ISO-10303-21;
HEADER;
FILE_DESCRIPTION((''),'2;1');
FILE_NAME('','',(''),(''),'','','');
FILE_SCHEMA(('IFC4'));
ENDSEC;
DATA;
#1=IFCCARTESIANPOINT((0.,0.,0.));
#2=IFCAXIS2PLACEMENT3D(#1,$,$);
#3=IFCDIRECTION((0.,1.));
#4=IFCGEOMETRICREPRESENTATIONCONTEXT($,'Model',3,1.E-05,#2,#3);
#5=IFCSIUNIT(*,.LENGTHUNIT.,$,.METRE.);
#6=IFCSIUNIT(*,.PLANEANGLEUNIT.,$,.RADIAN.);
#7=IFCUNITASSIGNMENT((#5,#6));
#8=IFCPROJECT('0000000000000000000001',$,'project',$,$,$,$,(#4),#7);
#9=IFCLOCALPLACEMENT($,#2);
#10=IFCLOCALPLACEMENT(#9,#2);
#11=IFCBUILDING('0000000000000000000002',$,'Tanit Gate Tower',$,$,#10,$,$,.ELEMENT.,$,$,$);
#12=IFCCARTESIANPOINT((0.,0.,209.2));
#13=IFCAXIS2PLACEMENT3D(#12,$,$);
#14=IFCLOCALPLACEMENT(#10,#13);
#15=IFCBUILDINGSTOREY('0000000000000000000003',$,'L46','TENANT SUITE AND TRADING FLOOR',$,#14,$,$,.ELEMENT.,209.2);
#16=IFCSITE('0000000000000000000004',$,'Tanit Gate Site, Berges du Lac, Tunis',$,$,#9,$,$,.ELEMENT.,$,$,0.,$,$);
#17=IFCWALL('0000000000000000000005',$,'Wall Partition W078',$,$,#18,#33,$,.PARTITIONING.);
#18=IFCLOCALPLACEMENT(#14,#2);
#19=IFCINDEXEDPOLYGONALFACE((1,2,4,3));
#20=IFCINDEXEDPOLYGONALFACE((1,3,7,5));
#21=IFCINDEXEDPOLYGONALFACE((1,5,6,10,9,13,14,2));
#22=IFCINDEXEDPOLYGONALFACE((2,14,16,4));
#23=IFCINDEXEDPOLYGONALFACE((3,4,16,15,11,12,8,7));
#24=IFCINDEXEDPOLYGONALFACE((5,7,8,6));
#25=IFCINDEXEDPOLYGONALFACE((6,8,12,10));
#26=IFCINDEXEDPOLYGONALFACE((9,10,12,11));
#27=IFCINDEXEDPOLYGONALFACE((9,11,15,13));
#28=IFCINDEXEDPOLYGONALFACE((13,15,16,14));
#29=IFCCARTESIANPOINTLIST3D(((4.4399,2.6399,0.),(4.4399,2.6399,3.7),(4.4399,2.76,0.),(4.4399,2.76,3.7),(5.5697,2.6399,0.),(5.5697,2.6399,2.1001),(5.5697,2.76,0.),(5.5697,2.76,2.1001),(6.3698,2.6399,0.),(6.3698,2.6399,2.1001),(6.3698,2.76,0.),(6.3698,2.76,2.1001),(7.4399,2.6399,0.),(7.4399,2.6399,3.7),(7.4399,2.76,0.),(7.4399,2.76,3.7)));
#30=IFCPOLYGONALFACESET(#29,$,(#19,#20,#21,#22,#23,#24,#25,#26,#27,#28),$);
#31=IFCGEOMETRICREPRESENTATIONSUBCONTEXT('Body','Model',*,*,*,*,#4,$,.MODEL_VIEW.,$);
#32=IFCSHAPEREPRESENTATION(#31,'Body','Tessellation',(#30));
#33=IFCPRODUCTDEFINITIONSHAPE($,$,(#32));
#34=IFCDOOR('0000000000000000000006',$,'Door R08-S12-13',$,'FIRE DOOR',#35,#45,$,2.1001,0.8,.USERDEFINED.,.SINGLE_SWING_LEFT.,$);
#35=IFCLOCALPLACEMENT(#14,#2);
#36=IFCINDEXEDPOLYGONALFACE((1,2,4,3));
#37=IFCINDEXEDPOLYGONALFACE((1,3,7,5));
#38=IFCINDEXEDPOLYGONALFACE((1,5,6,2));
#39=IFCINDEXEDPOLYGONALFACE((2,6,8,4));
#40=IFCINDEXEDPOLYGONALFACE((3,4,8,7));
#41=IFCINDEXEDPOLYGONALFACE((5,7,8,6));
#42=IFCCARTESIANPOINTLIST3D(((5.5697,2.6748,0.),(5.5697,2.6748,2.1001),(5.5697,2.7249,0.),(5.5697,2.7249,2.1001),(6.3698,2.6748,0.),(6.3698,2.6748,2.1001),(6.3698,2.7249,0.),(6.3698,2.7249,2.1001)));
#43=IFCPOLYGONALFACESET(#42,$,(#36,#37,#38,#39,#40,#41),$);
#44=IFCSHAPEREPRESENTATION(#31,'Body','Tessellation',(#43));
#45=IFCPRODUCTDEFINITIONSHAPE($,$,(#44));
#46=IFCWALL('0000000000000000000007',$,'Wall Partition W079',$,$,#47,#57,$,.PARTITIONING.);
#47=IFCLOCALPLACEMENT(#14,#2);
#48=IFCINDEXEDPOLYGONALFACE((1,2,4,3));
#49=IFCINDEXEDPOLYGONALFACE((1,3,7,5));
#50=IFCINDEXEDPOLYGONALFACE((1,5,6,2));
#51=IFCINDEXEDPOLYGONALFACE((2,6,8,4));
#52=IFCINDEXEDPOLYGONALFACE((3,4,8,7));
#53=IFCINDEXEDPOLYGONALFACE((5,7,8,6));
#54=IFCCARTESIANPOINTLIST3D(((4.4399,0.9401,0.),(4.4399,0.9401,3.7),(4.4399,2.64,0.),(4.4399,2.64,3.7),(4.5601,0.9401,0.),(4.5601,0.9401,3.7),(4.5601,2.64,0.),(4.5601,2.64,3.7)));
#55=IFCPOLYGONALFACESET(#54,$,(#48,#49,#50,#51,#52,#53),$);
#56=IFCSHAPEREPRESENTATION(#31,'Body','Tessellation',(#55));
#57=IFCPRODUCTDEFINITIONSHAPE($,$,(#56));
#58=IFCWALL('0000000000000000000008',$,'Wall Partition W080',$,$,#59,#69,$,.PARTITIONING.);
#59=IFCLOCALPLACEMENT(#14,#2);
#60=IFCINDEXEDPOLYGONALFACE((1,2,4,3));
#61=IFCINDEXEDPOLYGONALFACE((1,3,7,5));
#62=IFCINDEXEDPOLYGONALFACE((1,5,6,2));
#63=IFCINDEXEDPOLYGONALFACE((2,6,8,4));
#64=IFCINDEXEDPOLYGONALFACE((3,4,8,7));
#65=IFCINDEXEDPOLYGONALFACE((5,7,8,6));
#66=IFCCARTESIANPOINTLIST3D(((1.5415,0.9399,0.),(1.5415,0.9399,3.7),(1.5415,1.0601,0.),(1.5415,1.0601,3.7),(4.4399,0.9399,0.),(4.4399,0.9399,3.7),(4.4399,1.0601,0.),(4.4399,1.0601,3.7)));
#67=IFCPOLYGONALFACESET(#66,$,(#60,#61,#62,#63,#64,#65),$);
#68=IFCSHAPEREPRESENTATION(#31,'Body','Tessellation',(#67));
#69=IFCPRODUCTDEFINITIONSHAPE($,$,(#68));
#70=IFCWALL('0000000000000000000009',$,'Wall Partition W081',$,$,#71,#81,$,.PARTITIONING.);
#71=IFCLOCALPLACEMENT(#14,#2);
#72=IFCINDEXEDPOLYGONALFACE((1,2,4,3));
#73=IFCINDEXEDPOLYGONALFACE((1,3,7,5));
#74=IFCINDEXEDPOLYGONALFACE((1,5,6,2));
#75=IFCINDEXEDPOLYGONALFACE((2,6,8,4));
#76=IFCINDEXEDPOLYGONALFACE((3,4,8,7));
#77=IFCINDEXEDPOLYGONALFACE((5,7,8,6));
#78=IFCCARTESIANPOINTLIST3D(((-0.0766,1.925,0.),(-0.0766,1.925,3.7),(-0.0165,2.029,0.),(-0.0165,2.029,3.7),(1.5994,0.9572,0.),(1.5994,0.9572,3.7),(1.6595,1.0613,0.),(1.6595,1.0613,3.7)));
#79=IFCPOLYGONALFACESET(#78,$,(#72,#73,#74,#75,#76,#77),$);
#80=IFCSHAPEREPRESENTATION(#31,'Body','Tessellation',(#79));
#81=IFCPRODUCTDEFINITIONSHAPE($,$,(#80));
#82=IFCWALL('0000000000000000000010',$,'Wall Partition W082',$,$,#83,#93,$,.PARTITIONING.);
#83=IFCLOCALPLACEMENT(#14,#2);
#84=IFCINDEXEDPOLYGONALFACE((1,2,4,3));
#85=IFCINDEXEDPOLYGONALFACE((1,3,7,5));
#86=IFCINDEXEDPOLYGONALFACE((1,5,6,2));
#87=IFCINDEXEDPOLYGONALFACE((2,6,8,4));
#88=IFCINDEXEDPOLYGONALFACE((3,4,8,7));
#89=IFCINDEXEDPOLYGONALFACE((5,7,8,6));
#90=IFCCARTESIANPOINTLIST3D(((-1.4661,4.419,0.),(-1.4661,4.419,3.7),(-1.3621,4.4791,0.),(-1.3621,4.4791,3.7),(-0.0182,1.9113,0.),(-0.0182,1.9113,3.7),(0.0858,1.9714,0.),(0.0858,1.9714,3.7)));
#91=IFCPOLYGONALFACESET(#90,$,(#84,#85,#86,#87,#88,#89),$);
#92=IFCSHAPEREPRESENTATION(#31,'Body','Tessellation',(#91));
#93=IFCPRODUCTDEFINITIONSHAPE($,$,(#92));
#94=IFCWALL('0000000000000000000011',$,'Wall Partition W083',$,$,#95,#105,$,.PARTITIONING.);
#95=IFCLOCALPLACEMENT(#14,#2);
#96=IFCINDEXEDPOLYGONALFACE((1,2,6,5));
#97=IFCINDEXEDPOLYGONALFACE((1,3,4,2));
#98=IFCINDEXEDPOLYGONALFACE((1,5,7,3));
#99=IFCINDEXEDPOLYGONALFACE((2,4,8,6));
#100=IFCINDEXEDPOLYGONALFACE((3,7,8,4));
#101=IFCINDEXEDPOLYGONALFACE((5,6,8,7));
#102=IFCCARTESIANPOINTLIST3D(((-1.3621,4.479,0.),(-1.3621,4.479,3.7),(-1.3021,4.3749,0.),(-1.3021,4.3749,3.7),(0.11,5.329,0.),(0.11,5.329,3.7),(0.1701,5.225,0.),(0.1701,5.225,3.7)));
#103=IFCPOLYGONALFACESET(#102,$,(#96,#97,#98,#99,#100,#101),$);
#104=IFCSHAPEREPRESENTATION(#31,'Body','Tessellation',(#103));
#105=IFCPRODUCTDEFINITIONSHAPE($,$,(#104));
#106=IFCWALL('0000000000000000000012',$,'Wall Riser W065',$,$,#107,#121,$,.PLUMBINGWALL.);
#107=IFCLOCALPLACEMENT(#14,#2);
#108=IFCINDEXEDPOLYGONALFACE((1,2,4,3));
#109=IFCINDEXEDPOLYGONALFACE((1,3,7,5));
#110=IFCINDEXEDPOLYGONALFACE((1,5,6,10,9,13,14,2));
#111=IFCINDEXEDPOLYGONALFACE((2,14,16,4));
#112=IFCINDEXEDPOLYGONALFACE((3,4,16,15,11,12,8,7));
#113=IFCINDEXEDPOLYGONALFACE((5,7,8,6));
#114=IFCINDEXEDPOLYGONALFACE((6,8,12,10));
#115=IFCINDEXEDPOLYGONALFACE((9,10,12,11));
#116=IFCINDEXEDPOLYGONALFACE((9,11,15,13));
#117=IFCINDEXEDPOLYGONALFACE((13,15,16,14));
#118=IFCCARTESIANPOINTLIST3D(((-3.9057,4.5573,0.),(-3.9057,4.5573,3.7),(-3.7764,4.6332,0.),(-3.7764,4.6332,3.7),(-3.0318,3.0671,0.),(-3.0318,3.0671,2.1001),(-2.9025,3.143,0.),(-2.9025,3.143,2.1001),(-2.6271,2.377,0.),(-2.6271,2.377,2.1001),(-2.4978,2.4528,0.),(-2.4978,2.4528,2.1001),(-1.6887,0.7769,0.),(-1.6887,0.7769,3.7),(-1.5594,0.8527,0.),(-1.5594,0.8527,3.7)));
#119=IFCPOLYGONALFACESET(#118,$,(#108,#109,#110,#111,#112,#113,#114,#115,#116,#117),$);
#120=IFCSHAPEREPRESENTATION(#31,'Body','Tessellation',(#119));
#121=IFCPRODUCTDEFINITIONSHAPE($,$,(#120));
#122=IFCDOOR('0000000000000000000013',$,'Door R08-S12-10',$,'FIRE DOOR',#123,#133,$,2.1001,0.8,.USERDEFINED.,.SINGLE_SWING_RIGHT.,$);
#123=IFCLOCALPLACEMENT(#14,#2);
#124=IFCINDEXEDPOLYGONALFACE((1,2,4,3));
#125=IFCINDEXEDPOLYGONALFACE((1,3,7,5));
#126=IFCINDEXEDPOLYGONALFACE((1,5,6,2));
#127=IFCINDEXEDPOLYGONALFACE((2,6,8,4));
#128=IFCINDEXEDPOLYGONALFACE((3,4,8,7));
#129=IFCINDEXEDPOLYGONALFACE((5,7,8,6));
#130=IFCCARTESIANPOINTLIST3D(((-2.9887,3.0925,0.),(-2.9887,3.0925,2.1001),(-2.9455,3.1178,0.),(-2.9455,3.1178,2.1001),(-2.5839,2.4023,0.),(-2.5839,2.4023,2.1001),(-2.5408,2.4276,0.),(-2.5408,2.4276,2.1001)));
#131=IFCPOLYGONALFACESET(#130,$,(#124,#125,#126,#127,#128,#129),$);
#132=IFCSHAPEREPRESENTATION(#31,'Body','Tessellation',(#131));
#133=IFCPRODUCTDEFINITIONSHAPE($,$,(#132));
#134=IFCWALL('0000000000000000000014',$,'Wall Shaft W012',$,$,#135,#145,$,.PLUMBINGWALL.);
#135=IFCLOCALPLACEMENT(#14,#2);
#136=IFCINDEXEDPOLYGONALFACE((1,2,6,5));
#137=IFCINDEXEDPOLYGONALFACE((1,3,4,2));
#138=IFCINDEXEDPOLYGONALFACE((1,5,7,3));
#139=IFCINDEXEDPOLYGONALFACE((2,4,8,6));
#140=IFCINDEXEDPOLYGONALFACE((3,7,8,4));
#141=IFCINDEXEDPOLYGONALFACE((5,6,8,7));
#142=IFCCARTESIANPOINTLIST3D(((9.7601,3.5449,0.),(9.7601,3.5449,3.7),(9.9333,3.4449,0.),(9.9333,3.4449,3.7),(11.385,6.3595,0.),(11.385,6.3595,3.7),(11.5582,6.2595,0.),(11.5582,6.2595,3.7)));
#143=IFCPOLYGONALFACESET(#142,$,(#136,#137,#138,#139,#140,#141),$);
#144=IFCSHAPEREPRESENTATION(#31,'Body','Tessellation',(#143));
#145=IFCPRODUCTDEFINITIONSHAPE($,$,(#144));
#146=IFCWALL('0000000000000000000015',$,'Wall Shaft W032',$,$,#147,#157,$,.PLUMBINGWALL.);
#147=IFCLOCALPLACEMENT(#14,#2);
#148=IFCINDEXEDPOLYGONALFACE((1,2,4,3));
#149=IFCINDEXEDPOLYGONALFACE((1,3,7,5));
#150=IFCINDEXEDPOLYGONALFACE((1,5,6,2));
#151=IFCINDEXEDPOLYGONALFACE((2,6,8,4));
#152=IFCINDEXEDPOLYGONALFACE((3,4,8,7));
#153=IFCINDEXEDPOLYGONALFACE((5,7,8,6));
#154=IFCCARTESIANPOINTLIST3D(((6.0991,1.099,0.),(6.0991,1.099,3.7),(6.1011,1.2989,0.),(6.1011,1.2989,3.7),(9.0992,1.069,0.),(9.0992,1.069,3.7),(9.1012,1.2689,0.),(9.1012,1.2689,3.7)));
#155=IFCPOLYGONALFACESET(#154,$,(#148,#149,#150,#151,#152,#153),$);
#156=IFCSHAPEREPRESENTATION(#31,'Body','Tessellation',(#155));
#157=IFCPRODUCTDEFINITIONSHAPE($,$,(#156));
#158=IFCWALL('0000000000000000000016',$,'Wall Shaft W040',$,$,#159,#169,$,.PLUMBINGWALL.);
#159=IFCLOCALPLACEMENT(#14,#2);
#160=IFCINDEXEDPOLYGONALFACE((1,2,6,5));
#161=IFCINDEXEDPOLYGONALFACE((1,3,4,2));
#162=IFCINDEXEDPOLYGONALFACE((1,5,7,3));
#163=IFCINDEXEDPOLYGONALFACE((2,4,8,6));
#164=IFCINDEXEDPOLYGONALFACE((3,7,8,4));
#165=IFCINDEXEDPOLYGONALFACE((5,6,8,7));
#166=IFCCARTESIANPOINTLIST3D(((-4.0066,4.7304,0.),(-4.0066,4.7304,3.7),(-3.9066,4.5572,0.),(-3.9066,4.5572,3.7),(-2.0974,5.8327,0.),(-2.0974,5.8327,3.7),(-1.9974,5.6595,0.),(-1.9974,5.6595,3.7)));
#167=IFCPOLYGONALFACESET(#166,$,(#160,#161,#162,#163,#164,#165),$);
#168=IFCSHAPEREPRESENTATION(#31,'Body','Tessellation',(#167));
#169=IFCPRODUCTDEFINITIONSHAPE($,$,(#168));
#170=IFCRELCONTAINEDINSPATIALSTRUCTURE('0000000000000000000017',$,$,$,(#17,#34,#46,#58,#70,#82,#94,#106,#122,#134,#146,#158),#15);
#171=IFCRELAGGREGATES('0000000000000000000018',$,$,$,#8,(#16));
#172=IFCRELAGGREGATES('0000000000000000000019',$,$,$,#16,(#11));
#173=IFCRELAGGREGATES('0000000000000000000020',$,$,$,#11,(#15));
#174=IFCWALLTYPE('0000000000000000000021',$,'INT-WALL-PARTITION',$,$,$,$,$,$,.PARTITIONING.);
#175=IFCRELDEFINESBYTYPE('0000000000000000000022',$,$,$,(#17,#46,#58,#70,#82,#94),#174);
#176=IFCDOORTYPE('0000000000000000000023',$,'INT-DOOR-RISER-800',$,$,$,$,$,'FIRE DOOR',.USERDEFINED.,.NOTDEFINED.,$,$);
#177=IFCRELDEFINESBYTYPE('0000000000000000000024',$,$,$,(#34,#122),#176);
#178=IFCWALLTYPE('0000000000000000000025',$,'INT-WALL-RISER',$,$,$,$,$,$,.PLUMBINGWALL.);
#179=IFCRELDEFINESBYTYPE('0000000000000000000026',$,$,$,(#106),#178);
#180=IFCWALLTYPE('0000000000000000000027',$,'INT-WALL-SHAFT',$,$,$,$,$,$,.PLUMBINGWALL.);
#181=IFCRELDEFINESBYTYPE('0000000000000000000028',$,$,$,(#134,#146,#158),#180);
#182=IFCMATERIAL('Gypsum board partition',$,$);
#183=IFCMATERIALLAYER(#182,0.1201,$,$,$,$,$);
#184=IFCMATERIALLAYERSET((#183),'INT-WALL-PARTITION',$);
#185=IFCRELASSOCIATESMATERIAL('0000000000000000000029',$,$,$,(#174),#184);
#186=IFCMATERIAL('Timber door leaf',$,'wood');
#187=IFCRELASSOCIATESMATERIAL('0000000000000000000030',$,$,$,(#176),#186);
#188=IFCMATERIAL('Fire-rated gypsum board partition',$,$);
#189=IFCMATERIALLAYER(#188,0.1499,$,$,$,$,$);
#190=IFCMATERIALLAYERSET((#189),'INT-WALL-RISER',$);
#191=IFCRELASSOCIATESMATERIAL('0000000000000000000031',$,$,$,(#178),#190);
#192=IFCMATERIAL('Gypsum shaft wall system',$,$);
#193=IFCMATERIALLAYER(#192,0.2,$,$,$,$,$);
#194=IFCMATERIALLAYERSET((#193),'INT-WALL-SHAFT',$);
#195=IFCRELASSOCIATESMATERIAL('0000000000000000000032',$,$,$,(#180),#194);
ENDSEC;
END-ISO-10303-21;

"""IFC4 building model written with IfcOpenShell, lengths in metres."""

from ifc_helpers import new_model, si_unit, direction, frame, frame_2d, origin, place, context, subcontext, project, spatial, rectangle, extrude, material, layer, layer_set, type_object, element, fill, save


model = new_model("IFC4")

# Units and contexts
model_context = context("Model", 3, precision=1e-05, world=origin(), true_north=direction((0.0, 1.0)))
body_context = subcontext(model_context, "Body", "Model", "MODEL_VIEW")
ifc_project = project(units=[si_unit("LENGTHUNIT", "METRE"), si_unit("PLANEANGLEUNIT", "RADIAN")], contexts=[model_context])

# Site, building, storey
site_placement = place(None, origin())
site = spatial("IfcSite", under=ifc_project, at=site_placement, Name="Tanit Gate Site, Berges du Lac, Tunis", CompositionType="ELEMENT", RefElevation=0.0)
building_placement = place(site_placement, origin())
building = spatial("IfcBuilding", under=site, at=building_placement, Name="Tanit Gate Tower", CompositionType="ELEMENT")
storey_placement = place(building_placement, frame((0.0, 0.0, 209.2)))
storey = spatial("IfcBuildingStorey", under=building, at=storey_placement, Name="L46", Description="TENANT SUITE AND TRADING FLOOR", CompositionType="ELEMENT", Elevation=209.2)

# Shared definitions
ifc_material_1 = material(Name="Gypsum board partition")
ifc_layer_1 = layer(ifc_material_1, 0.1201)
ifc_layer_set_1 = layer_set([ifc_layer_1], Name="INT-WALL-PARTITION")
wall_type_1 = type_object("IfcWallType", Name="INT-WALL-PARTITION", PredefinedType="PARTITIONING", material=ifc_layer_set_1)

# Shared definitions
ifc_material_2 = material(Name="Timber door leaf", Category="wood")
door_type_1 = type_object("IfcDoorType", Name="INT-DOOR-RISER-800", ElementType="FIRE DOOR", OperationType="NOTDEFINED", PredefinedType="USERDEFINED", material=ifc_material_2)

# Wall, opening, door
wall_1_placement = place(storey_placement, frame((4.4399, 2.7, 0.0), z_axis=(0.0, 0.0, 1.0), x_axis=(1.0, 0.0, 0.0)))
wall_1 = element("IfcWall", 1, at=wall_1_placement, inside=storey, type_object=wall_type_1, Name="Wall Partition W078", PredefinedType="PARTITIONING", context=body_context, shape_type="SweptSolid", body=[
    extrude(rectangle(XDim=3.0, YDim=0.1201, at=frame_2d((1.5, 0.0))), origin(), (0.0, 0.0, 1.0), 3.7),
])
opening_1_placement = place(wall_1_placement, frame((1.1299, 0.0, 0.0)))
opening_1 = element("IfcOpeningElement", 2, at=opening_1_placement, cuts=wall_1, PredefinedType="OPENING", context=body_context, shape_type="SweptSolid", body=[
    extrude(rectangle(XDim=0.8, YDim=2.1001, at=frame_2d((0.3999, 1.05))), frame((0.0, 0.0701, 0.0), z_axis=(0.0, -1.0, 0.0), x_axis=(1.0, 0.0, 0.0)), (0.0, 0.0, 1.0), 0.1401),
])
door_1_placement = place(opening_1_placement, origin())
door_1 = element("IfcDoor", 3, at=door_1_placement, inside=storey, type_object=door_type_1, Name="Door R08-S12-13", ObjectType="FIRE DOOR", OperationType="SINGLE_SWING_LEFT", OverallHeight=2.1001, OverallWidth=0.8, PredefinedType="USERDEFINED", context=body_context, shape_type="SweptSolid", body=[
    extrude(rectangle(XDim=0.8, YDim=2.1001, at=frame_2d((0.3999, 1.05))), frame((0.0, 0.0249, 0.0), z_axis=(0.0, -1.0, 0.0), x_axis=(1.0, 0.0, 0.0)), (0.0, 0.0, 1.0), 0.05),
])
fill(opening_1, door_1)

# Walls
wall_2_placement = place(storey_placement, frame((4.5, 0.9399, 0.0), z_axis=(0.0, 0.0, 1.0), x_axis=(0.0, 1.0, 0.0)))
element("IfcWall", 4, at=wall_2_placement, inside=storey, type_object=wall_type_1, Name="Wall Partition W079", PredefinedType="PARTITIONING", context=body_context, shape_type="SweptSolid", body=[
    extrude(rectangle(XDim=1.7, YDim=0.1201, at=frame_2d((0.8501, 0.0))), origin(), (0.0, 0.0, 1.0), 3.7),
])
wall_3_placement = place(storey_placement, frame((1.5415, 1.0, 0.0), z_axis=(0.0, 0.0, 1.0), x_axis=(1.0, 0.0, 0.0)))
element("IfcWall", 5, at=wall_3_placement, inside=storey, type_object=wall_type_1, Name="Wall Partition W080", PredefinedType="PARTITIONING", context=body_context, shape_type="SweptSolid", body=[
    extrude(rectangle(XDim=2.8984, YDim=0.1201, at=frame_2d((1.4492, 0.0))), origin(), (0.0, 0.0, 1.0), 3.7),
])
wall_4_placement = place(storey_placement, frame((-0.0466, 1.9771, 0.0), z_axis=(0.0, 0.0, 1.0), x_axis=(0.865999, -0.500046, 0.0)))
element("IfcWall", 6, at=wall_4_placement, inside=storey, type_object=wall_type_1, Name="Wall Partition W081", PredefinedType="PARTITIONING", context=body_context, shape_type="SweptSolid", body=[
    extrude(rectangle(XDim=1.9353, YDim=0.1201, at=frame_2d((0.9678, 0.0))), origin(), (0.0, 0.0, 1.0), 3.7),
])
wall_5_placement = place(storey_placement, frame((-1.4141, 4.449, 0.0), z_axis=(0.0, 0.0, 1.0), x_axis=(0.500029, -0.866009, 0.0)))
element("IfcWall", 7, at=wall_5_placement, inside=storey, type_object=wall_type_1, Name="Wall Partition W082", PredefinedType="PARTITIONING", context=body_context, shape_type="SweptSolid", body=[
    extrude(rectangle(XDim=2.8958, YDim=0.1201, at=frame_2d((1.4478, 0.0))), origin(), (0.0, 0.0, 1.0), 3.7),
])
wall_6_placement = place(storey_placement, frame((0.1401, 5.2771, 0.0), z_axis=(0.0, 0.0, 1.0), x_axis=(-0.865989, -0.500062, 0.0)))
element("IfcWall", 8, at=wall_6_placement, inside=storey, type_object=wall_type_1, Name="Wall Partition W083", PredefinedType="PARTITIONING", context=body_context, shape_type="SweptSolid", body=[
    extrude(rectangle(XDim=1.7, YDim=0.1201, at=frame_2d((0.8501, 0.0))), origin(), (0.0, 0.0, 1.0), 3.7),
])

# Wall, opening, door
ifc_material_3 = material(Name="Fire-rated gypsum board partition")
ifc_layer_2 = layer(ifc_material_3, 0.1499)
ifc_layer_set_2 = layer_set([ifc_layer_2], Name="INT-WALL-RISER")
wall_type_2 = type_object("IfcWallType", Name="INT-WALL-RISER", PredefinedType="PLUMBINGWALL", material=ifc_layer_set_2)
wall_7_placement = place(storey_placement, frame((-1.624, 0.8147, 0.0), z_axis=(0.0, 0.0, 1.0), x_axis=(-0.505868, 0.862611, 0.0)))
wall_7 = element("IfcWall", 9, at=wall_7_placement, inside=storey, type_object=wall_type_2, Name="Wall Riser W065", PredefinedType="PLUMBINGWALL", context=body_context, shape_type="SweptSolid", body=[
    extrude(rectangle(XDim=4.3826, YDim=0.1499, at=frame_2d((2.1914, 0.0))), origin(), (0.0, 0.0, 1.0), 3.7),
])
opening_2_placement = place(wall_7_placement, frame((1.8552, 0.0, 0.0)))
opening_2 = element("IfcOpeningElement", 10, at=opening_2_placement, cuts=wall_7, PredefinedType="OPENING", context=body_context, shape_type="SweptSolid", body=[
    extrude(rectangle(XDim=0.8, YDim=2.1001, at=frame_2d((0.3999, 1.05))), frame((0.0, 0.085, 0.0), z_axis=(0.0, -1.0, 0.0), x_axis=(1.0, 0.0, 0.0)), (0.0, 0.0, 1.0), 0.1699),
])
door_2_placement = place(opening_2_placement, origin())
door_2 = element("IfcDoor", 11, at=door_2_placement, inside=storey, type_object=door_type_1, Name="Door R08-S12-10", ObjectType="FIRE DOOR", OperationType="SINGLE_SWING_RIGHT", OverallHeight=2.1001, OverallWidth=0.8, PredefinedType="USERDEFINED", context=body_context, shape_type="SweptSolid", body=[
    extrude(rectangle(XDim=0.8, YDim=2.1001, at=frame_2d((0.3999, 1.05))), frame((0.0, 0.0249, 0.0), z_axis=(0.0, -1.0, 0.0), x_axis=(1.0, 0.0, 0.0)), (0.0, 0.0, 1.0), 0.05),
])
fill(opening_2, door_2)

# Wall
ifc_material_4 = material(Name="Gypsum shaft wall system")
ifc_layer_3 = layer(ifc_material_4, 0.2)
ifc_layer_set_3 = layer_set([ifc_layer_3], Name="INT-WALL-SHAFT")
wall_type_3 = type_object("IfcWallType", Name="INT-WALL-SHAFT", PredefinedType="PLUMBINGWALL", material=ifc_layer_set_3)
wall_8_placement = place(storey_placement, frame((9.8467, 3.4949, 0.0), z_axis=(0.0, 0.0, 1.0), x_axis=(0.499985, 0.866034, 0.0)))
element("IfcWall", 12, at=wall_8_placement, inside=storey, type_object=wall_type_3, Name="Wall Shaft W012", PredefinedType="PLUMBINGWALL", context=body_context, shape_type="SweptSolid", body=[
    extrude(rectangle(XDim=3.25, YDim=0.2, at=frame_2d((1.625, 0.0))), origin(), (0.0, 0.0, 1.0), 3.7),
])

# Walls
wall_9_placement = place(storey_placement, frame((9.1001, 1.1689, 0.0), z_axis=(0.0, 0.0, 1.0), x_axis=(-0.99995, 0.010009, 0.0)))
element("IfcWall", 13, at=wall_9_placement, inside=storey, type_object=wall_type_3, Name="Wall Shaft W032", PredefinedType="PLUMBINGWALL", context=body_context, shape_type="SweptSolid", body=[
    extrude(rectangle(XDim=3.0002, YDim=0.2, at=frame_2d((1.5, 0.0))), origin(), (0.0, 0.0, 1.0), 3.7),
])
wall_10_placement = place(storey_placement, frame((-2.0474, 5.7461, 0.0), z_axis=(0.0, 0.0, 1.0), x_axis=(-0.86602, -0.50001, 0.0)))
element("IfcWall", 14, at=wall_10_placement, inside=storey, type_object=wall_type_3, Name="Wall Shaft W040", PredefinedType="PLUMBINGWALL", context=body_context, shape_type="SweptSolid", body=[
    extrude(rectangle(XDim=2.2046, YDim=0.2, at=frame_2d((1.1023, 0.0))), origin(), (0.0, 0.0, 1.0), 3.7),
])

save(model, "model.ifc")
